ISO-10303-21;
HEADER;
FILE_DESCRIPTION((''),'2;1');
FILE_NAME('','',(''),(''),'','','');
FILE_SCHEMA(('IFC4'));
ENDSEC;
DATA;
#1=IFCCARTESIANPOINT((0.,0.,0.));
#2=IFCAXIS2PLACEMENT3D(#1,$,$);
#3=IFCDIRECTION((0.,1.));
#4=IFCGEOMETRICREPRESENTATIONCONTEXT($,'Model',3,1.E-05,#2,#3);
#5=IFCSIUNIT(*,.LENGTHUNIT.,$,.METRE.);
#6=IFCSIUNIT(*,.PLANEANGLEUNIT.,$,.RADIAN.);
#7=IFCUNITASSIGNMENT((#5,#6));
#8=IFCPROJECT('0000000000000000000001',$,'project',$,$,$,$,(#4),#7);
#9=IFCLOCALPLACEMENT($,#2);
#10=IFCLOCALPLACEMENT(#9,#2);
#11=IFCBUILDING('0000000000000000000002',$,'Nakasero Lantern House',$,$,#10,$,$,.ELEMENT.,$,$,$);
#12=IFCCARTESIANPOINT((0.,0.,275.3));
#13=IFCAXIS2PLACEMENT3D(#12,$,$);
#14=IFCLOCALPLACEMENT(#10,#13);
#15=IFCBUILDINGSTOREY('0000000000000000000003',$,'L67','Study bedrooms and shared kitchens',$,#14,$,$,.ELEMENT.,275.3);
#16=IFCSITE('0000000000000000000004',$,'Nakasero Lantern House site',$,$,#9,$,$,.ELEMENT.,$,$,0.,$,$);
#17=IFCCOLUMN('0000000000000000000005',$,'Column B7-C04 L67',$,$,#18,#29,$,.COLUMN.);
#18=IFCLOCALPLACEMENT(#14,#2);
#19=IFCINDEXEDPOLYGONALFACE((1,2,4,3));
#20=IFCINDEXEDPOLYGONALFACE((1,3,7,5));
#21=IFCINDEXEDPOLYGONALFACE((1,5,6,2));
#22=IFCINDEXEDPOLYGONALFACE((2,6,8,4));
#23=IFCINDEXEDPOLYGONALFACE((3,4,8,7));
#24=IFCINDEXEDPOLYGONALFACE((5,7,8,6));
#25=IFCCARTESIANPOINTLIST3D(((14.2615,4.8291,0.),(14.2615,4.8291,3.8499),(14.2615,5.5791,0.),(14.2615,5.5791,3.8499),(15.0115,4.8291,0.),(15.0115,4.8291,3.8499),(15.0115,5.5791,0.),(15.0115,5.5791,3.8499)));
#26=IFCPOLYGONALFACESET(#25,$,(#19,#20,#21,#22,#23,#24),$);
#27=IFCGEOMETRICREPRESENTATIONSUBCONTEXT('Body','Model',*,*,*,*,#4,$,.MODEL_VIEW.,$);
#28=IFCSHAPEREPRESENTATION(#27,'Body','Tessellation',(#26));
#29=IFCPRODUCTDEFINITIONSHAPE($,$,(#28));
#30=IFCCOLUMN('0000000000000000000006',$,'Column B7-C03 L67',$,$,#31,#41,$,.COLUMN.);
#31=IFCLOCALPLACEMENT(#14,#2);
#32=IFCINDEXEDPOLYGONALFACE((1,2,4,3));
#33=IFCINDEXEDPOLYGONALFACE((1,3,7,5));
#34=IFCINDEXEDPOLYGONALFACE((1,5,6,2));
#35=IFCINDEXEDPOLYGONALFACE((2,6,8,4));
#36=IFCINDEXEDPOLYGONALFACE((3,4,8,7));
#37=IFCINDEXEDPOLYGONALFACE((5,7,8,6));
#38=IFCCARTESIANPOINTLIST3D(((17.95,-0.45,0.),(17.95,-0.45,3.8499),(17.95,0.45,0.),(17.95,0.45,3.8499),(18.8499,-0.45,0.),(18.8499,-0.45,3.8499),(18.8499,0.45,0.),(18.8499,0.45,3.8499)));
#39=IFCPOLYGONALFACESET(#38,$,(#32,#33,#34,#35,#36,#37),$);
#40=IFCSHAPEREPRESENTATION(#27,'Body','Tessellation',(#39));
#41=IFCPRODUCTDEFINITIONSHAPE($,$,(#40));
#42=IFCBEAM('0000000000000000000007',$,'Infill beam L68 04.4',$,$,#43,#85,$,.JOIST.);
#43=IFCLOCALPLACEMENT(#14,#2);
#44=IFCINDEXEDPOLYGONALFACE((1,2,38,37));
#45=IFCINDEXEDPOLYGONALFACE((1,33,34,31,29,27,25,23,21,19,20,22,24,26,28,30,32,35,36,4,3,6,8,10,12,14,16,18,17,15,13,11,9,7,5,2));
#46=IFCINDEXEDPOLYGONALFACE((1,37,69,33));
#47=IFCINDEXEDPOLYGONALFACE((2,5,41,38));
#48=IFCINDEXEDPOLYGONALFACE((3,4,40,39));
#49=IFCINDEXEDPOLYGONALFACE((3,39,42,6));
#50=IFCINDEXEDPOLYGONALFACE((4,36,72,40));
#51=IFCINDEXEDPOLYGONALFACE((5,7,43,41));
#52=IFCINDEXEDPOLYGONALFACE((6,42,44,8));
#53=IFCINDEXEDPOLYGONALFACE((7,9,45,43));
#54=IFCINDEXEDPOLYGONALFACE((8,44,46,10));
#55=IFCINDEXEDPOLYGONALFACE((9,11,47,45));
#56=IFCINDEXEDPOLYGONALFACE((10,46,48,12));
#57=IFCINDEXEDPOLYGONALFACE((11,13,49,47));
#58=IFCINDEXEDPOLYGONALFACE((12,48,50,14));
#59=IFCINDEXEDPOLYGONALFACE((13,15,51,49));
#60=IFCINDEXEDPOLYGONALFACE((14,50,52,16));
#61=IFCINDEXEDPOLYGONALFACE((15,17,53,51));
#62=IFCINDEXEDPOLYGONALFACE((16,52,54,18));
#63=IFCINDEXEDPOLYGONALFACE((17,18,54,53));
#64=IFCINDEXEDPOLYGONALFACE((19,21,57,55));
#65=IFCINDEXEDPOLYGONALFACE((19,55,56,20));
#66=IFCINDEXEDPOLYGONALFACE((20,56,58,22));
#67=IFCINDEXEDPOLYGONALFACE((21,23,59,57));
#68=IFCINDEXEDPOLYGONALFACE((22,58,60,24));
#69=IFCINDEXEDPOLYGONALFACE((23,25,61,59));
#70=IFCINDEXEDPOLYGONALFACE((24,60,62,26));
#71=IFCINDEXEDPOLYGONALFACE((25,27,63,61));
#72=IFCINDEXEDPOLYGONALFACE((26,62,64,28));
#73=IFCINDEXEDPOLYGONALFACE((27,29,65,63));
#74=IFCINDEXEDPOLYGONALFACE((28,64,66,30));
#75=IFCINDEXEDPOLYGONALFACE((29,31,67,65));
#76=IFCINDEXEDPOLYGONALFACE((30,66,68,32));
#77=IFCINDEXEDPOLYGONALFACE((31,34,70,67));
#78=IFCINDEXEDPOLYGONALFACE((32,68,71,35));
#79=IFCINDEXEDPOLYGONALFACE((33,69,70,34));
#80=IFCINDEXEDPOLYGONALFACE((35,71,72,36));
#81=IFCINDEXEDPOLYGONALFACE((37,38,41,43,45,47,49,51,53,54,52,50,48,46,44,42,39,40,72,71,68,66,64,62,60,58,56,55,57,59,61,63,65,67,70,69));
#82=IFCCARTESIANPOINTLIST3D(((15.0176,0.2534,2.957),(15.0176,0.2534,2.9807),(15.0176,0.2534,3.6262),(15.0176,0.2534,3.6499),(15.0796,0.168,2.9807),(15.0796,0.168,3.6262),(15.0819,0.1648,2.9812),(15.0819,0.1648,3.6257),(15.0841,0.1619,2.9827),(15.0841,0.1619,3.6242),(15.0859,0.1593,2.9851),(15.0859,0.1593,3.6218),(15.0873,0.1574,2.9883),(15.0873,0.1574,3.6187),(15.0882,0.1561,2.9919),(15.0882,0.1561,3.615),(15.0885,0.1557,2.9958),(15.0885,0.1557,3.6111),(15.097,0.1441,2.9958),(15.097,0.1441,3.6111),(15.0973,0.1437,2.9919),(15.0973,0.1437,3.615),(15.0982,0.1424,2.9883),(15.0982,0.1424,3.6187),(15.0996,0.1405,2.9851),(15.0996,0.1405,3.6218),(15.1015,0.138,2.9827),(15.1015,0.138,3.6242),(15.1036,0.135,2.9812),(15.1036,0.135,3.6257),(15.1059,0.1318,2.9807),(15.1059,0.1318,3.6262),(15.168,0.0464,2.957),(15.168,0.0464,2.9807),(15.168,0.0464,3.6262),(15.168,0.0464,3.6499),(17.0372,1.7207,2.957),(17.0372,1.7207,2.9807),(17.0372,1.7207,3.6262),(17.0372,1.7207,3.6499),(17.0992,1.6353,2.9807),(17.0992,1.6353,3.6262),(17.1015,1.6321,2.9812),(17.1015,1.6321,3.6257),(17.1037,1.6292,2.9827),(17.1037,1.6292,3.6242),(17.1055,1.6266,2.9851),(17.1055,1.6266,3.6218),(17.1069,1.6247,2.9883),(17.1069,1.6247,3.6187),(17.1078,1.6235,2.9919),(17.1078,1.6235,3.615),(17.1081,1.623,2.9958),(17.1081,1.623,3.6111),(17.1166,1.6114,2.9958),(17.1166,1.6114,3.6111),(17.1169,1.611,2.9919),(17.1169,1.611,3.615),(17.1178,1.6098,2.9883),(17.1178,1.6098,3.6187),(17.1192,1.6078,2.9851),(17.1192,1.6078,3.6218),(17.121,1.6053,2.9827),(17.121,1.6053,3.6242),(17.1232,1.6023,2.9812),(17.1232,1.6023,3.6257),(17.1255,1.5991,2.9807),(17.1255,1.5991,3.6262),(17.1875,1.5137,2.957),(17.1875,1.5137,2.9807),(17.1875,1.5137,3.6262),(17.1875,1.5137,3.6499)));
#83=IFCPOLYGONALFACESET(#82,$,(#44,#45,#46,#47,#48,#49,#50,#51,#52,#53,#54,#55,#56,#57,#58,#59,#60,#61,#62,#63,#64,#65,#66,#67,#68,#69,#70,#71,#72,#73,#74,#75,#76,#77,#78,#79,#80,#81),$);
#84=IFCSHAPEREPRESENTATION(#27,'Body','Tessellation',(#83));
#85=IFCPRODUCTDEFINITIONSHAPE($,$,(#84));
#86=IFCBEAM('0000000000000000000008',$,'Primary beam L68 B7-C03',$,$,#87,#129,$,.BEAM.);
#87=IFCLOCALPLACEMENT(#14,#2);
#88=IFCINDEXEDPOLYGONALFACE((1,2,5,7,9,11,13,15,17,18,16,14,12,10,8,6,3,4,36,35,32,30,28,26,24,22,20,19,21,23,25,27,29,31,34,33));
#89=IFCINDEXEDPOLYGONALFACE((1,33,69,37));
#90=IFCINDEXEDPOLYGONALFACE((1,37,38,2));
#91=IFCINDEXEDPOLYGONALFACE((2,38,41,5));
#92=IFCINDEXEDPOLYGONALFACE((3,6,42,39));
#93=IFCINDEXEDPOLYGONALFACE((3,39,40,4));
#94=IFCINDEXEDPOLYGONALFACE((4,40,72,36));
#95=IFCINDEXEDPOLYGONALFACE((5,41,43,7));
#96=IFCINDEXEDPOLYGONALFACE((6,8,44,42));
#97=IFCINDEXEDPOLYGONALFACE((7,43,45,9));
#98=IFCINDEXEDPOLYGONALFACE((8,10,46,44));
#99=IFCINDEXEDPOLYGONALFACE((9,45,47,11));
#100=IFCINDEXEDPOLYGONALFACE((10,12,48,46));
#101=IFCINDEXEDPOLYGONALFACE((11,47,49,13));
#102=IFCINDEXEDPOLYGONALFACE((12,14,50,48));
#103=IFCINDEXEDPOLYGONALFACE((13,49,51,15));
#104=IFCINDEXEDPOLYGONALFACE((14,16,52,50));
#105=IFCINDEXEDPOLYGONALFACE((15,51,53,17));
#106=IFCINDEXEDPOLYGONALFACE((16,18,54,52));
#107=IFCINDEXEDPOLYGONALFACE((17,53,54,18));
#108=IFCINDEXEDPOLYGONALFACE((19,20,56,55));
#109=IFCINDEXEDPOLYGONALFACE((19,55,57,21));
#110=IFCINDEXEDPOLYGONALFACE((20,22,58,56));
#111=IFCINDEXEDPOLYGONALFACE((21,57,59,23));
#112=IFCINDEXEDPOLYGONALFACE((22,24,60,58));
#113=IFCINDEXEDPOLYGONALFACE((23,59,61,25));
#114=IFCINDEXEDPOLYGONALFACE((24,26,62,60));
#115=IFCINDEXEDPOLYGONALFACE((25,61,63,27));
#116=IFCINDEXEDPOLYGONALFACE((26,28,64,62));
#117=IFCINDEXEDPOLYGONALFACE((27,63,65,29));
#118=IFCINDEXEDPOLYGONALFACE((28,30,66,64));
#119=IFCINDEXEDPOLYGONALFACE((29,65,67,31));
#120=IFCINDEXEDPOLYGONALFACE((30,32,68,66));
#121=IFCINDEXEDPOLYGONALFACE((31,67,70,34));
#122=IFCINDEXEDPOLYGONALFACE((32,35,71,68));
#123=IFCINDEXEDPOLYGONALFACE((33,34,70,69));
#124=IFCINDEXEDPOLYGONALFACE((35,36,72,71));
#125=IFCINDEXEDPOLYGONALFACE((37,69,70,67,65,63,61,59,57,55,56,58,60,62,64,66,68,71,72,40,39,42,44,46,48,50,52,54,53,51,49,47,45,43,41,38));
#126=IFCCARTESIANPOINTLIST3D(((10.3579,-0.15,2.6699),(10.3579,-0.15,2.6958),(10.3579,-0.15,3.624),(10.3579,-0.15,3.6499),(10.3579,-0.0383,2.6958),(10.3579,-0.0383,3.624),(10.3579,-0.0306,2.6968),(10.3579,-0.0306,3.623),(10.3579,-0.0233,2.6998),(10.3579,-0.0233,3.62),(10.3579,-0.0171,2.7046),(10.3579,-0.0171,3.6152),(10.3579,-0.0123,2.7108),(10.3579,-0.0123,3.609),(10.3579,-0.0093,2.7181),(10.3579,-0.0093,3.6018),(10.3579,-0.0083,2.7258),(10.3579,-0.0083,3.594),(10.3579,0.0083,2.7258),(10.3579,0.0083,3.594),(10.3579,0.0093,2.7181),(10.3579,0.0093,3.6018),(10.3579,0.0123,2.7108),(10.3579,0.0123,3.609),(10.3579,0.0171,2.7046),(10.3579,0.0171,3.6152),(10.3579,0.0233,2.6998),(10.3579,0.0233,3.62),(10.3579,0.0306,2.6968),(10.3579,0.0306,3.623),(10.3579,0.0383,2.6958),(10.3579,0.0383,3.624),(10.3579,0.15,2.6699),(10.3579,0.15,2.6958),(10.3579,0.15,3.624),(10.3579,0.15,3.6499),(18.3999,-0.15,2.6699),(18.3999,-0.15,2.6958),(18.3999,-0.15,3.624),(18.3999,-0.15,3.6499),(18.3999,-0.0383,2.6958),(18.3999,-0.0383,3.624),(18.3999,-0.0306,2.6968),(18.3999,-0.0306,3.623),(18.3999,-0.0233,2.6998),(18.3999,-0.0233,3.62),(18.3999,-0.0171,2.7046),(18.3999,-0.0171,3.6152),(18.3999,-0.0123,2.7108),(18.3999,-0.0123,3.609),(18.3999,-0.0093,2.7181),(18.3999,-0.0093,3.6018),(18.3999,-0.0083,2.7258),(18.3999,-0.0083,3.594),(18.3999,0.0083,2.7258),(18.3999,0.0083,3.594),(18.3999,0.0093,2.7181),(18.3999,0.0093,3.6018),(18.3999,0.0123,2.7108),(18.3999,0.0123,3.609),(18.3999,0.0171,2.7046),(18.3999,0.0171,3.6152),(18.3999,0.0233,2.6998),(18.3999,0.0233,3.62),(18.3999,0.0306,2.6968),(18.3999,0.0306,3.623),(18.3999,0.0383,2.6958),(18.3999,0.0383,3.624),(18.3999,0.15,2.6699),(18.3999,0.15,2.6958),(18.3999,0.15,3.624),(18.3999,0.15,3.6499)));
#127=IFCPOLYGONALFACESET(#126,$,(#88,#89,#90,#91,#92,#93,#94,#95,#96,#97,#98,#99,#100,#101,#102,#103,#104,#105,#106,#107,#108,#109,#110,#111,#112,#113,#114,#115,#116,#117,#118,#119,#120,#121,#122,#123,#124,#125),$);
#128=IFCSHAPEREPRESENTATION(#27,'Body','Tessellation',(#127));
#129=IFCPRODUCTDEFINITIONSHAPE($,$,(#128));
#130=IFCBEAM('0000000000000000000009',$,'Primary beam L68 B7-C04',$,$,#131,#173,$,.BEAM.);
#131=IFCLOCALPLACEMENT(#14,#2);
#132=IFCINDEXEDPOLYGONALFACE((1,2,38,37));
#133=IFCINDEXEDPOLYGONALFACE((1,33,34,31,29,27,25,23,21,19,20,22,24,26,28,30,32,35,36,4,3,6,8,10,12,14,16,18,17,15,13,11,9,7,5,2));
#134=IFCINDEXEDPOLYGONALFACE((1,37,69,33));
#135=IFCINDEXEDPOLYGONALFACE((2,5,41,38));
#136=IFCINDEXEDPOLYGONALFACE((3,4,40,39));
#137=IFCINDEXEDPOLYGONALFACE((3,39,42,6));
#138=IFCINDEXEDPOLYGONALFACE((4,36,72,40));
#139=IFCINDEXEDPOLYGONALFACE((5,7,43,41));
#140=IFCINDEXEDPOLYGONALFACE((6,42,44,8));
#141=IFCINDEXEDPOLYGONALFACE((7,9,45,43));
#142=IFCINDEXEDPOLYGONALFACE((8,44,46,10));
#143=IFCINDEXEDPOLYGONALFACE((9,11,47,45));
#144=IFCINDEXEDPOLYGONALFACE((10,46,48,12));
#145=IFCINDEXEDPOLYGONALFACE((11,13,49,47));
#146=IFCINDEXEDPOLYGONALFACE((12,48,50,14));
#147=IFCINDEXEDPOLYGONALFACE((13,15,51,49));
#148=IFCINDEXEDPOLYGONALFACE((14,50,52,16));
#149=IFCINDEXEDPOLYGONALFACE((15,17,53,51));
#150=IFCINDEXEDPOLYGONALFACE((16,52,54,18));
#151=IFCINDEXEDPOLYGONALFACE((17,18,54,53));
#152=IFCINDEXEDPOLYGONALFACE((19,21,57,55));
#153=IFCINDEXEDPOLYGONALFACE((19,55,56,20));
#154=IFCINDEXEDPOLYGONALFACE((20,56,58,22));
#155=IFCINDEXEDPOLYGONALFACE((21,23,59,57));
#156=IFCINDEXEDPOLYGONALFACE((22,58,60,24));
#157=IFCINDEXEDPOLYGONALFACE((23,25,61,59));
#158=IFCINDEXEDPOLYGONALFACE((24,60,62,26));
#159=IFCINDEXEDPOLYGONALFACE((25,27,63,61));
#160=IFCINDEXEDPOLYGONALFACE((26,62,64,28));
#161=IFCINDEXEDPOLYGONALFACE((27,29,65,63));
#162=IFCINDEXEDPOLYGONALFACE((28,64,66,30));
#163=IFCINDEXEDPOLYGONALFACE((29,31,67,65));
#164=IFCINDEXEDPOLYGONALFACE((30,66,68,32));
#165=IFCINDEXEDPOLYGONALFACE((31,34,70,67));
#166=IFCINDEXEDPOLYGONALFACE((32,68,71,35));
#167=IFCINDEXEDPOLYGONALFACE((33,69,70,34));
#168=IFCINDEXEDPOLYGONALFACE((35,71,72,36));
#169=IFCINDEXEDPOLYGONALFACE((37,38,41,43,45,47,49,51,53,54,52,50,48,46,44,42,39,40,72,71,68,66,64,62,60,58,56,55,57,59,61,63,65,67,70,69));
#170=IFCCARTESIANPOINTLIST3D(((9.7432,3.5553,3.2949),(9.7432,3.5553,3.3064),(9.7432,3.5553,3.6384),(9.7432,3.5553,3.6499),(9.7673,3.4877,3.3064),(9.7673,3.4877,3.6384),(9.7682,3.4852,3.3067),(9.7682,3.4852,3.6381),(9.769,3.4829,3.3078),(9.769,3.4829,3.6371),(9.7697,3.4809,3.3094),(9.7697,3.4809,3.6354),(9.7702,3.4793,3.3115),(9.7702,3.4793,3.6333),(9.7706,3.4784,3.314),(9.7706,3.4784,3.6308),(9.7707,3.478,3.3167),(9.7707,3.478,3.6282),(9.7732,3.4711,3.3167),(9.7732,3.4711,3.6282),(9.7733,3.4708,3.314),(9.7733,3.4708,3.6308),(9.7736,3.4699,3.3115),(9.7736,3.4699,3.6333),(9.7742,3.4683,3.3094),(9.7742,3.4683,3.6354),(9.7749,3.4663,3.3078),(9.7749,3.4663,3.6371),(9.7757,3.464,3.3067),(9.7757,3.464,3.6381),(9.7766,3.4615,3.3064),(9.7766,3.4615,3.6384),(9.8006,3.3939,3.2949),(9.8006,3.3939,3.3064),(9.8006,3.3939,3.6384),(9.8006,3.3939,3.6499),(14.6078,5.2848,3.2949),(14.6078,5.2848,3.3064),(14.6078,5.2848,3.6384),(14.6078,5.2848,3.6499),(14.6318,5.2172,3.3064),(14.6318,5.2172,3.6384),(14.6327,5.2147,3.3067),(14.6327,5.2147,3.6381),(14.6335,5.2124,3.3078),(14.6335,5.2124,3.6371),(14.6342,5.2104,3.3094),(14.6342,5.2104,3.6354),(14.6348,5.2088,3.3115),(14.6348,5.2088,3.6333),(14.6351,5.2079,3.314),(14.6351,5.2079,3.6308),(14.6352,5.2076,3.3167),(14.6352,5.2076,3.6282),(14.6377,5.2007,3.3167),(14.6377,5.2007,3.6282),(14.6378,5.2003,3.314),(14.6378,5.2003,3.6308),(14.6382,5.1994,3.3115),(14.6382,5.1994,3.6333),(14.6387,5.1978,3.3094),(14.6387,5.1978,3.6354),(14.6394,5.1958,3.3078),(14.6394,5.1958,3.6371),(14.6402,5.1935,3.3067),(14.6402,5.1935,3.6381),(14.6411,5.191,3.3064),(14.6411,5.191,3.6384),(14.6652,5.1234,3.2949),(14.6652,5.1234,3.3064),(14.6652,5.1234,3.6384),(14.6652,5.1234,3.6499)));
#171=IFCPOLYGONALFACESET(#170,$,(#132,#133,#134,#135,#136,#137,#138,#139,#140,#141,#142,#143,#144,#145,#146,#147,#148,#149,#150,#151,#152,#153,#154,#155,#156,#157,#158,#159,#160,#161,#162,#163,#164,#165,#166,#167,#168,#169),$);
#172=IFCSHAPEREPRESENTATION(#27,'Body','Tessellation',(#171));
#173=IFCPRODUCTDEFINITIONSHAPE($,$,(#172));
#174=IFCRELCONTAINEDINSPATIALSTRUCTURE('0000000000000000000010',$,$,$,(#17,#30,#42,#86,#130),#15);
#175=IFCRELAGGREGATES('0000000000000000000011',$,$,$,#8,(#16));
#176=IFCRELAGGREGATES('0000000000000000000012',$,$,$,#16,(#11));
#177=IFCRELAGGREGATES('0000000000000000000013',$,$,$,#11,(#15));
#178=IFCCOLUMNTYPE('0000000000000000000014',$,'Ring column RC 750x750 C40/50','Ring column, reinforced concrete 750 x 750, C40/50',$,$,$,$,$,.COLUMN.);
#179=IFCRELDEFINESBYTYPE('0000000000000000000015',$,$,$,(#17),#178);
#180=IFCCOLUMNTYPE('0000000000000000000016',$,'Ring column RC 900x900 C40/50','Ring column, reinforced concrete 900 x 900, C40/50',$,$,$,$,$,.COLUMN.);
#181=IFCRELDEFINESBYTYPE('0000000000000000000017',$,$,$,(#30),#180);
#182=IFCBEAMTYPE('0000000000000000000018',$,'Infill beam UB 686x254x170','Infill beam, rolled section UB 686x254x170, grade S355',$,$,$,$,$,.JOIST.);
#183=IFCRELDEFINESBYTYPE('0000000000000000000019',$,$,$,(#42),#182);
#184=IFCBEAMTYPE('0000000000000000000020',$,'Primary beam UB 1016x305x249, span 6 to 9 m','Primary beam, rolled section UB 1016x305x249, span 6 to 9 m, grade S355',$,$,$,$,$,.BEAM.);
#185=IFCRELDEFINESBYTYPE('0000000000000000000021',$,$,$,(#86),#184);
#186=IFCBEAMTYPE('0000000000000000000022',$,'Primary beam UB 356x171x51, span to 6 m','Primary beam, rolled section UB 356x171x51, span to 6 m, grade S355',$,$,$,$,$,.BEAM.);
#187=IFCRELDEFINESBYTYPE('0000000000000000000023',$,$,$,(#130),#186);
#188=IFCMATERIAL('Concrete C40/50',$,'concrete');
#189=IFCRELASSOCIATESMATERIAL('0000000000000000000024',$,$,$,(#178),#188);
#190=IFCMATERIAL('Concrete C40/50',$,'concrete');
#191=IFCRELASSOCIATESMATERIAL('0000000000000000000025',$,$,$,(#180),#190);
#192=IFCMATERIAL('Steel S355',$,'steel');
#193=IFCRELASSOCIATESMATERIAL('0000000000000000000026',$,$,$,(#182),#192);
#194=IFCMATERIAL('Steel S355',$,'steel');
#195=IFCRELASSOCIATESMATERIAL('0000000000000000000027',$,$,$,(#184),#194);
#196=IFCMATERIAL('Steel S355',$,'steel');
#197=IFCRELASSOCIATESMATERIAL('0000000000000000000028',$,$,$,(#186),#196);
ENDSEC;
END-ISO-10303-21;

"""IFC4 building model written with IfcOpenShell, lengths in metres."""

from ifc_helpers import new_model, si_unit, direction, frame, origin, origin_2d, place, context, subcontext, project, spatial, rectangle, i_section, extrude, material, material_profile, profile_set, type_object, element, save


model = new_model("IFC4")

# Units and contexts
model_context = context("Model", 3, precision=1e-05, world=origin(), true_north=direction((0.0, 1.0)))
body_context = subcontext(model_context, "Body", "Model", "MODEL_VIEW")
ifc_project = project(units=[si_unit("LENGTHUNIT", "METRE"), si_unit("PLANEANGLEUNIT", "RADIAN")], contexts=[model_context])

# Site, building, storey
site_placement = place(None, origin())
site = spatial("IfcSite", under=ifc_project, at=site_placement, Name="Nakasero Lantern House site", CompositionType="ELEMENT", RefElevation=0.0)
building_placement = place(site_placement, origin())
building = spatial("IfcBuilding", under=site, at=building_placement, Name="Nakasero Lantern House", CompositionType="ELEMENT")
storey_placement = place(building_placement, frame((0.0, 0.0, 275.3)))
storey = spatial("IfcBuildingStorey", under=building, at=storey_placement, Name="L67", Description="Study bedrooms and shared kitchens", CompositionType="ELEMENT", Elevation=275.3)

# Columns
ifc_material_1 = material(Name="Concrete C40/50", Category="concrete")
ifc_material_profile_1 = material_profile(ifc_material_1, rectangle(XDim=0.75, YDim=0.75, at=origin_2d()), Name="RC 750x750")
ifc_profile_set_1 = profile_set([ifc_material_profile_1], Name="Concrete C40/50")
column_type_1 = type_object("IfcColumnType", Name="Ring column RC 750x750 C40/50", Description="Ring column, reinforced concrete 750 x 750, C40/50", PredefinedType="COLUMN", material=ifc_profile_set_1)
column_1_placement = place(storey_placement, frame((14.6365, 5.2041, 0.0), z_axis=(0.0, 0.0, 1.0), x_axis=(1.0, 0.0, 0.0)))
element("IfcColumn", 1, at=column_1_placement, inside=storey, type_object=column_type_1, Name="Column B7-C04 L67", PredefinedType="COLUMN", context=body_context, shape_type="SweptSolid", body=[
    extrude(rectangle(XDim=0.75, YDim=0.75, at=origin_2d()), origin(), (0.0, 0.0, 1.0), 3.8499),
])
ifc_material_2 = material(Name="Concrete C40/50", Category="concrete")
ifc_material_profile_2 = material_profile(ifc_material_2, rectangle(XDim=0.8999, YDim=0.8999, at=origin_2d()), Name="RC 900x900")
ifc_profile_set_2 = profile_set([ifc_material_profile_2], Name="Concrete C40/50")
column_type_2 = type_object("IfcColumnType", Name="Ring column RC 900x900 C40/50", Description="Ring column, reinforced concrete 900 x 900, C40/50", PredefinedType="COLUMN", material=ifc_profile_set_2)
column_2_placement = place(storey_placement, frame((18.3999, 0.0, 0.0), z_axis=(0.0, 0.0, 1.0), x_axis=(1.0, 0.0, 0.0)))
element("IfcColumn", 2, at=column_2_placement, inside=storey, type_object=column_type_2, Name="Column B7-C03 L67", PredefinedType="COLUMN", context=body_context, shape_type="SweptSolid", body=[
    extrude(rectangle(XDim=0.8999, YDim=0.8999, at=origin_2d()), origin(), (0.0, 0.0, 1.0), 3.8499),
])

# Beams
ifc_material_3 = material(Name="Steel S355", Category="steel")
ifc_material_profile_3 = material_profile(ifc_material_3, i_section(OverallWidth=0.2559, OverallDepth=0.6929, WebThickness=0.0144, FlangeThickness=0.0237, FilletRadius=0.0151, at=origin_2d()), Name="UB 686x254x170")
ifc_profile_set_3 = profile_set([ifc_material_profile_3], Name="Steel S355")
beam_type_1 = type_object("IfcBeamType", Name="Infill beam UB 686x254x170", Description="Infill beam, rolled section UB 686x254x170, grade S355", PredefinedType="JOIST", material=ifc_profile_set_3)
beam_1_placement = place(storey_placement, frame((15.0928, 0.1499, 3.3035), z_axis=(0.809015, 0.587788, 0.0), x_axis=(-0.587788, 0.809015, 0.0)))
element("IfcBeam", 3, at=beam_1_placement, inside=storey, type_object=beam_type_1, Name="Infill beam L68 04.4", PredefinedType="JOIST", context=body_context, shape_type="SweptSolid", body=[
    extrude(i_section(OverallWidth=0.2559, OverallDepth=0.6929, WebThickness=0.0144, FlangeThickness=0.0237, FilletRadius=0.0151, at=origin_2d()), origin(), (0.0, 0.0, 1.0), 2.4963),
])
ifc_material_4 = material(Name="Steel S355", Category="steel")
ifc_material_profile_4 = material_profile(ifc_material_4, i_section(OverallWidth=0.3, OverallDepth=0.98, WebThickness=0.0166, FlangeThickness=0.0259, FilletRadius=0.03, at=origin_2d()), Name="UB 1016x305x249")
ifc_profile_set_4 = profile_set([ifc_material_profile_4], Name="Steel S355")
beam_type_2 = type_object("IfcBeamType", Name="Primary beam UB 1016x305x249, span 6 to 9 m", Description="Primary beam, rolled section UB 1016x305x249, span 6 to 9 m, grade S355", PredefinedType="BEAM", material=ifc_profile_set_4)
beam_2_placement = place(storey_placement, frame((18.3999, 0.0, 3.1599), z_axis=(-1.0, 0.0, 0.0), x_axis=(0.0, -1.0, 0.0)))
element("IfcBeam", 4, at=beam_2_placement, inside=storey, type_object=beam_type_2, Name="Primary beam L68 B7-C03", PredefinedType="BEAM", context=body_context, shape_type="SweptSolid", body=[
    extrude(i_section(OverallWidth=0.3, OverallDepth=0.98, WebThickness=0.0166, FlangeThickness=0.0259, FilletRadius=0.03, at=origin_2d()), origin(), (0.0, 0.0, 1.0), 8.042),
])
ifc_material_5 = material(Name="Steel S355", Category="steel")
ifc_material_profile_5 = material_profile(ifc_material_5, i_section(OverallWidth=0.1714, OverallDepth=0.355, WebThickness=0.0073, FlangeThickness=0.0115, FilletRadius=0.0103, at=origin_2d()), Name="UB 356x171x51")
ifc_profile_set_5 = profile_set([ifc_material_profile_5], Name="Steel S355")
beam_type_3 = type_object("IfcBeamType", Name="Primary beam UB 356x171x51, span to 6 m", Description="Primary beam, rolled section UB 356x171x51, span to 6 m, grade S355", PredefinedType="BEAM", material=ifc_profile_set_5)
beam_3_placement = place(storey_placement, frame((14.6365, 5.2041, 3.4724), z_axis=(-0.942221, -0.334991, 0.0), x_axis=(0.334991, -0.942221, 0.0)))
element("IfcBeam", 5, at=beam_3_placement, inside=storey, type_object=beam_type_3, Name="Primary beam L68 B7-C04", PredefinedType="BEAM", context=body_context, shape_type="SweptSolid", body=[
    extrude(i_section(OverallWidth=0.1714, OverallDepth=0.355, WebThickness=0.0073, FlangeThickness=0.0115, FilletRadius=0.0103, at=origin_2d()), origin(), (0.0, 0.0, 1.0), 5.1628),
])

save(model, "model.ifc")
